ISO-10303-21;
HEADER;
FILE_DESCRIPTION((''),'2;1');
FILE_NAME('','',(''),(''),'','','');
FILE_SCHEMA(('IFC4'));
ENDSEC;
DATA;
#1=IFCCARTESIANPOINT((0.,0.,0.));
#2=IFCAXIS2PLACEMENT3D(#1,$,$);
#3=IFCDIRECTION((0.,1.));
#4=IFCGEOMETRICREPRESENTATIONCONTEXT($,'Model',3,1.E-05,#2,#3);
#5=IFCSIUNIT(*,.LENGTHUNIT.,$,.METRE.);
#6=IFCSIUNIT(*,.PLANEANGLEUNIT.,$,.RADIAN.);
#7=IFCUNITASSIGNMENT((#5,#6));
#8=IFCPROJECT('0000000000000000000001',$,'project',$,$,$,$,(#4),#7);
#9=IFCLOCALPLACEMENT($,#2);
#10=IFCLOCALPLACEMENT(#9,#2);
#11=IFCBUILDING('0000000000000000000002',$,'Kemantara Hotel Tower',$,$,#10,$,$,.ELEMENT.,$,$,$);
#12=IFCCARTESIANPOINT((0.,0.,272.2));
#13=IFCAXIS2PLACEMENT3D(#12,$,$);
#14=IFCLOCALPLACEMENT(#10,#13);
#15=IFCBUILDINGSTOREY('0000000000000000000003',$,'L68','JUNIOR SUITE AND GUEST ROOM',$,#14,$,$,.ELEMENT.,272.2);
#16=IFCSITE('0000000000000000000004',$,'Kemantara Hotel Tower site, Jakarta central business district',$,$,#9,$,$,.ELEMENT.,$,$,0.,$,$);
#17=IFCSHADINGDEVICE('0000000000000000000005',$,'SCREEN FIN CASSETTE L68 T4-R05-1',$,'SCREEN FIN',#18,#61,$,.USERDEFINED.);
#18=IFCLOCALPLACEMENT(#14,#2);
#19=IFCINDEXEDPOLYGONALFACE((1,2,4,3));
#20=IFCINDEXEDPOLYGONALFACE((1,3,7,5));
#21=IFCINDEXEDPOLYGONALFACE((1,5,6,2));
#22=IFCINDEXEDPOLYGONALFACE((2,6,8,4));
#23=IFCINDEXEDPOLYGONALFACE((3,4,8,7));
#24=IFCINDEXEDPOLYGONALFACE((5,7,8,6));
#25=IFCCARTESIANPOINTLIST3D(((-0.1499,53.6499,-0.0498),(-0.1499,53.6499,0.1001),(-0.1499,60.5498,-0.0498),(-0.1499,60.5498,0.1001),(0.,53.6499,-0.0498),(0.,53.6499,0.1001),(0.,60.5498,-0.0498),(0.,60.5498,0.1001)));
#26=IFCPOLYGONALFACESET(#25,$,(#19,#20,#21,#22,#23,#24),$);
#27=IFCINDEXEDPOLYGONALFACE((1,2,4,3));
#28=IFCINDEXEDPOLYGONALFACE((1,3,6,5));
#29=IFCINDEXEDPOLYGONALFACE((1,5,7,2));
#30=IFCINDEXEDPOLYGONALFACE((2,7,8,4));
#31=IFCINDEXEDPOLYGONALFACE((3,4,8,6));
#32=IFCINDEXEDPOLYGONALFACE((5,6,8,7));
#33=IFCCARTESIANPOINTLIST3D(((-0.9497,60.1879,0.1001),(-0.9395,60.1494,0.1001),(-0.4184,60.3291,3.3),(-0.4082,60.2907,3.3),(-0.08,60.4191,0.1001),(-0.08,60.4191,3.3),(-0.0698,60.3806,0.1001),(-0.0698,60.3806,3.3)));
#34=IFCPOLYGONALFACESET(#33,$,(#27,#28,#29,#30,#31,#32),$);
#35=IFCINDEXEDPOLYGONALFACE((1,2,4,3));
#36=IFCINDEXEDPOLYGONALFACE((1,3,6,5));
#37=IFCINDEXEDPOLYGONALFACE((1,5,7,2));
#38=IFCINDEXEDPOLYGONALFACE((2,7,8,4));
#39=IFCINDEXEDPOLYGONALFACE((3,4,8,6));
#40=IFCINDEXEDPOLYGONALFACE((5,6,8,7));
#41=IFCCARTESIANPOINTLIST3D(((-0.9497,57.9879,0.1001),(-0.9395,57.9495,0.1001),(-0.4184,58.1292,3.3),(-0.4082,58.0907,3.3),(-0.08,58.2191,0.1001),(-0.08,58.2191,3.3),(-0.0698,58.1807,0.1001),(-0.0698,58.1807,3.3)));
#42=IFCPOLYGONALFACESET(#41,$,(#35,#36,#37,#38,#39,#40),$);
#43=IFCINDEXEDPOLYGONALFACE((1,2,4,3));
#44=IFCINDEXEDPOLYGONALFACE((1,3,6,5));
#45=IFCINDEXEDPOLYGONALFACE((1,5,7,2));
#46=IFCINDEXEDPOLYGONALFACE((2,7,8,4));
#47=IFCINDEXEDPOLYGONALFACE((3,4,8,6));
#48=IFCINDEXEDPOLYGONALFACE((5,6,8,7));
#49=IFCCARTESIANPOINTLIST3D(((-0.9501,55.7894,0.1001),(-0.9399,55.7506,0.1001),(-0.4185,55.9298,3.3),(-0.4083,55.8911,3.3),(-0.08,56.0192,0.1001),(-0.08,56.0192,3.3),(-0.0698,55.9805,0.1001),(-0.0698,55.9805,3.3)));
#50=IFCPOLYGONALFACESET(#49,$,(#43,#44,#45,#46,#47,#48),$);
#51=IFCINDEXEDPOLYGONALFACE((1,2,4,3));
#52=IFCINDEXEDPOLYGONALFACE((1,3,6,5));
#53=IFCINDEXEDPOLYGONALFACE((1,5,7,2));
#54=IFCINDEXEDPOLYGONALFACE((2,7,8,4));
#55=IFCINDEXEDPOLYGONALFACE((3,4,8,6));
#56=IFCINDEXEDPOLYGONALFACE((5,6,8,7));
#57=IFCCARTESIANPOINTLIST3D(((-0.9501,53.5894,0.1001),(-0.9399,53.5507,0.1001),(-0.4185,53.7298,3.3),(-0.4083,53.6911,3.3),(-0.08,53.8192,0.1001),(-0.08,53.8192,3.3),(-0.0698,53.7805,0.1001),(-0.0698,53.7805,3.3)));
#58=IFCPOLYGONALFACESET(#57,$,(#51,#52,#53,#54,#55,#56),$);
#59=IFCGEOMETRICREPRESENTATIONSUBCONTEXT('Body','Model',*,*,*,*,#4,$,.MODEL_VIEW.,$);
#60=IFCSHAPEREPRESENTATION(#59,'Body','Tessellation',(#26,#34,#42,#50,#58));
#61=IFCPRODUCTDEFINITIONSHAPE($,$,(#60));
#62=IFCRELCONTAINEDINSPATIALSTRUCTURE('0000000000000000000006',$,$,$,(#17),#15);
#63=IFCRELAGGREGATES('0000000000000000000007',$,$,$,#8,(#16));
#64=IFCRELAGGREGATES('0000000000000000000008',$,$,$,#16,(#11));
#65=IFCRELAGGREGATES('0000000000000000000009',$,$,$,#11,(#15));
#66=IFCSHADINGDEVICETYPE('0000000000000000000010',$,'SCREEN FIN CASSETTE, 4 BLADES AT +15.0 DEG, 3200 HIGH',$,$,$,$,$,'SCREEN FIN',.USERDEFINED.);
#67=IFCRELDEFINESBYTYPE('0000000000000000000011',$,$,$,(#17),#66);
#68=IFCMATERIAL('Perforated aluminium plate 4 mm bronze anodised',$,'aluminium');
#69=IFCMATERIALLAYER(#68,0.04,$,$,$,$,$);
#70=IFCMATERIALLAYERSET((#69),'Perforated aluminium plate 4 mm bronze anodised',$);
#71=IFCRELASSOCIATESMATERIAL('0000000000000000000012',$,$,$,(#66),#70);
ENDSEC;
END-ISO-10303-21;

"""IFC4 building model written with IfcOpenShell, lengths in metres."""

from ifc_helpers import new_model, si_unit, direction, frame, origin, origin_2d, place, context, subcontext, project, spatial, polyline, rectangle, outline, extrude, source, transform, mapped, material, layer, layer_set, type_object, element, save


model = new_model("IFC4")

# Units and contexts
model_context = context("Model", 3, precision=1e-05, world=origin(), true_north=direction((0.0, 1.0)))
body_context = subcontext(model_context, "Body", "Model", "MODEL_VIEW")
ifc_project = project(units=[si_unit("LENGTHUNIT", "METRE"), si_unit("PLANEANGLEUNIT", "RADIAN")], contexts=[model_context])

# Site, building, storey
site_placement = place(None, origin())
site = spatial("IfcSite", under=ifc_project, at=site_placement, Name="Kemantara Hotel Tower site, Jakarta central business district", CompositionType="ELEMENT", RefElevation=0.0)
building_placement = place(site_placement, origin())
building = spatial("IfcBuilding", under=site, at=building_placement, Name="Kemantara Hotel Tower", CompositionType="ELEMENT")
storey_placement = place(building_placement, frame((0.0, 0.0, 272.2)))
storey = spatial("IfcBuildingStorey", under=building, at=storey_placement, Name="L68", Description="JUNIOR SUITE AND GUEST ROOM", CompositionType="ELEMENT", Elevation=272.2)

# Shading device
ifc_material_1 = material(Name="Perforated aluminium plate 4 mm bronze anodised", Category="aluminium")
ifc_layer_1 = layer(ifc_material_1, 0.04)
ifc_layer_set_1 = layer_set([ifc_layer_1], Name="Perforated aluminium plate 4 mm bronze anodised")
shading_device_type_1 = type_object("IfcShadingDeviceType", Name="SCREEN FIN CASSETTE, 4 BLADES AT +15.0 DEG, 3200 HIGH", ElementType="SCREEN FIN", PredefinedType="USERDEFINED", material=ifc_layer_set_1)
shared_shape_1 = source(origin(), body_context, "Body", "SweptSolid", [
    extrude(rectangle(XDim=6.8999, YDim=0.1499, at=origin_2d()), frame((3.3, -0.075, -0.1499), z_axis=(0.0, 0.0, 1.0), x_axis=(1.0, 0.0, 0.0)), (0.0, 0.0, 1.0), 0.1499),
    extrude(outline(polyline([(0.0, 0.0), (0.8999, 0.0), (0.3501, 3.2), (0.0, 3.2), (0.0, 0.0)])), frame((0.0193, -0.0698, 0.0), z_axis=(-0.966438, -0.256901, 0.0), x_axis=(0.256901, -0.966438, 0.0)), (0.0, 0.0, 1.0), 0.0398),
    extrude(outline(polyline([(0.0, 0.0), (0.8999, 0.0), (0.3501, 3.2), (0.0, 3.2), (0.0, 0.0)])), frame((2.2192, -0.0698, 0.0), z_axis=(-0.966438, -0.256901, 0.0), x_axis=(0.256901, -0.966438, 0.0)), (0.0, 0.0, 1.0), 0.0398),
    extrude(outline(polyline([(0.0, 0.0), (0.8999, 0.0), (0.3501, 3.2), (0.0, 3.2), (0.0, 0.0)])), frame((4.4194, -0.0698, 0.0), z_axis=(-0.966838, -0.255391, 0.0), x_axis=(0.255391, -0.966838, 0.0)), (0.0, 0.0, 1.0), 0.04),
    extrude(outline(polyline([(0.0, 0.0), (0.8999, 0.0), (0.3501, 3.2), (0.0, 3.2), (0.0, 0.0)])), frame((6.6194, -0.0698, 0.0), z_axis=(-0.966838, -0.255391, 0.0), x_axis=(0.255391, -0.966838, 0.0)), (0.0, 0.0, 1.0), 0.04),
])
shading_device_1_placement = place(storey_placement, frame((0.0, 60.3999, 0.1001), z_axis=(0.0, 0.0, 1.0), x_axis=(0.0, -1.0, 0.0)))
element("IfcShadingDevice", 1, at=shading_device_1_placement, inside=storey, type_object=shading_device_type_1, Name="SCREEN FIN CASSETTE L68 T4-R05-1", ObjectType="SCREEN FIN", PredefinedType="USERDEFINED", context=body_context, shape_type="MappedRepresentation", body=[
    mapped(shared_shape_1, transform((0.0, 0.0, 0.0))),
])

save(model, "model.ifc")
